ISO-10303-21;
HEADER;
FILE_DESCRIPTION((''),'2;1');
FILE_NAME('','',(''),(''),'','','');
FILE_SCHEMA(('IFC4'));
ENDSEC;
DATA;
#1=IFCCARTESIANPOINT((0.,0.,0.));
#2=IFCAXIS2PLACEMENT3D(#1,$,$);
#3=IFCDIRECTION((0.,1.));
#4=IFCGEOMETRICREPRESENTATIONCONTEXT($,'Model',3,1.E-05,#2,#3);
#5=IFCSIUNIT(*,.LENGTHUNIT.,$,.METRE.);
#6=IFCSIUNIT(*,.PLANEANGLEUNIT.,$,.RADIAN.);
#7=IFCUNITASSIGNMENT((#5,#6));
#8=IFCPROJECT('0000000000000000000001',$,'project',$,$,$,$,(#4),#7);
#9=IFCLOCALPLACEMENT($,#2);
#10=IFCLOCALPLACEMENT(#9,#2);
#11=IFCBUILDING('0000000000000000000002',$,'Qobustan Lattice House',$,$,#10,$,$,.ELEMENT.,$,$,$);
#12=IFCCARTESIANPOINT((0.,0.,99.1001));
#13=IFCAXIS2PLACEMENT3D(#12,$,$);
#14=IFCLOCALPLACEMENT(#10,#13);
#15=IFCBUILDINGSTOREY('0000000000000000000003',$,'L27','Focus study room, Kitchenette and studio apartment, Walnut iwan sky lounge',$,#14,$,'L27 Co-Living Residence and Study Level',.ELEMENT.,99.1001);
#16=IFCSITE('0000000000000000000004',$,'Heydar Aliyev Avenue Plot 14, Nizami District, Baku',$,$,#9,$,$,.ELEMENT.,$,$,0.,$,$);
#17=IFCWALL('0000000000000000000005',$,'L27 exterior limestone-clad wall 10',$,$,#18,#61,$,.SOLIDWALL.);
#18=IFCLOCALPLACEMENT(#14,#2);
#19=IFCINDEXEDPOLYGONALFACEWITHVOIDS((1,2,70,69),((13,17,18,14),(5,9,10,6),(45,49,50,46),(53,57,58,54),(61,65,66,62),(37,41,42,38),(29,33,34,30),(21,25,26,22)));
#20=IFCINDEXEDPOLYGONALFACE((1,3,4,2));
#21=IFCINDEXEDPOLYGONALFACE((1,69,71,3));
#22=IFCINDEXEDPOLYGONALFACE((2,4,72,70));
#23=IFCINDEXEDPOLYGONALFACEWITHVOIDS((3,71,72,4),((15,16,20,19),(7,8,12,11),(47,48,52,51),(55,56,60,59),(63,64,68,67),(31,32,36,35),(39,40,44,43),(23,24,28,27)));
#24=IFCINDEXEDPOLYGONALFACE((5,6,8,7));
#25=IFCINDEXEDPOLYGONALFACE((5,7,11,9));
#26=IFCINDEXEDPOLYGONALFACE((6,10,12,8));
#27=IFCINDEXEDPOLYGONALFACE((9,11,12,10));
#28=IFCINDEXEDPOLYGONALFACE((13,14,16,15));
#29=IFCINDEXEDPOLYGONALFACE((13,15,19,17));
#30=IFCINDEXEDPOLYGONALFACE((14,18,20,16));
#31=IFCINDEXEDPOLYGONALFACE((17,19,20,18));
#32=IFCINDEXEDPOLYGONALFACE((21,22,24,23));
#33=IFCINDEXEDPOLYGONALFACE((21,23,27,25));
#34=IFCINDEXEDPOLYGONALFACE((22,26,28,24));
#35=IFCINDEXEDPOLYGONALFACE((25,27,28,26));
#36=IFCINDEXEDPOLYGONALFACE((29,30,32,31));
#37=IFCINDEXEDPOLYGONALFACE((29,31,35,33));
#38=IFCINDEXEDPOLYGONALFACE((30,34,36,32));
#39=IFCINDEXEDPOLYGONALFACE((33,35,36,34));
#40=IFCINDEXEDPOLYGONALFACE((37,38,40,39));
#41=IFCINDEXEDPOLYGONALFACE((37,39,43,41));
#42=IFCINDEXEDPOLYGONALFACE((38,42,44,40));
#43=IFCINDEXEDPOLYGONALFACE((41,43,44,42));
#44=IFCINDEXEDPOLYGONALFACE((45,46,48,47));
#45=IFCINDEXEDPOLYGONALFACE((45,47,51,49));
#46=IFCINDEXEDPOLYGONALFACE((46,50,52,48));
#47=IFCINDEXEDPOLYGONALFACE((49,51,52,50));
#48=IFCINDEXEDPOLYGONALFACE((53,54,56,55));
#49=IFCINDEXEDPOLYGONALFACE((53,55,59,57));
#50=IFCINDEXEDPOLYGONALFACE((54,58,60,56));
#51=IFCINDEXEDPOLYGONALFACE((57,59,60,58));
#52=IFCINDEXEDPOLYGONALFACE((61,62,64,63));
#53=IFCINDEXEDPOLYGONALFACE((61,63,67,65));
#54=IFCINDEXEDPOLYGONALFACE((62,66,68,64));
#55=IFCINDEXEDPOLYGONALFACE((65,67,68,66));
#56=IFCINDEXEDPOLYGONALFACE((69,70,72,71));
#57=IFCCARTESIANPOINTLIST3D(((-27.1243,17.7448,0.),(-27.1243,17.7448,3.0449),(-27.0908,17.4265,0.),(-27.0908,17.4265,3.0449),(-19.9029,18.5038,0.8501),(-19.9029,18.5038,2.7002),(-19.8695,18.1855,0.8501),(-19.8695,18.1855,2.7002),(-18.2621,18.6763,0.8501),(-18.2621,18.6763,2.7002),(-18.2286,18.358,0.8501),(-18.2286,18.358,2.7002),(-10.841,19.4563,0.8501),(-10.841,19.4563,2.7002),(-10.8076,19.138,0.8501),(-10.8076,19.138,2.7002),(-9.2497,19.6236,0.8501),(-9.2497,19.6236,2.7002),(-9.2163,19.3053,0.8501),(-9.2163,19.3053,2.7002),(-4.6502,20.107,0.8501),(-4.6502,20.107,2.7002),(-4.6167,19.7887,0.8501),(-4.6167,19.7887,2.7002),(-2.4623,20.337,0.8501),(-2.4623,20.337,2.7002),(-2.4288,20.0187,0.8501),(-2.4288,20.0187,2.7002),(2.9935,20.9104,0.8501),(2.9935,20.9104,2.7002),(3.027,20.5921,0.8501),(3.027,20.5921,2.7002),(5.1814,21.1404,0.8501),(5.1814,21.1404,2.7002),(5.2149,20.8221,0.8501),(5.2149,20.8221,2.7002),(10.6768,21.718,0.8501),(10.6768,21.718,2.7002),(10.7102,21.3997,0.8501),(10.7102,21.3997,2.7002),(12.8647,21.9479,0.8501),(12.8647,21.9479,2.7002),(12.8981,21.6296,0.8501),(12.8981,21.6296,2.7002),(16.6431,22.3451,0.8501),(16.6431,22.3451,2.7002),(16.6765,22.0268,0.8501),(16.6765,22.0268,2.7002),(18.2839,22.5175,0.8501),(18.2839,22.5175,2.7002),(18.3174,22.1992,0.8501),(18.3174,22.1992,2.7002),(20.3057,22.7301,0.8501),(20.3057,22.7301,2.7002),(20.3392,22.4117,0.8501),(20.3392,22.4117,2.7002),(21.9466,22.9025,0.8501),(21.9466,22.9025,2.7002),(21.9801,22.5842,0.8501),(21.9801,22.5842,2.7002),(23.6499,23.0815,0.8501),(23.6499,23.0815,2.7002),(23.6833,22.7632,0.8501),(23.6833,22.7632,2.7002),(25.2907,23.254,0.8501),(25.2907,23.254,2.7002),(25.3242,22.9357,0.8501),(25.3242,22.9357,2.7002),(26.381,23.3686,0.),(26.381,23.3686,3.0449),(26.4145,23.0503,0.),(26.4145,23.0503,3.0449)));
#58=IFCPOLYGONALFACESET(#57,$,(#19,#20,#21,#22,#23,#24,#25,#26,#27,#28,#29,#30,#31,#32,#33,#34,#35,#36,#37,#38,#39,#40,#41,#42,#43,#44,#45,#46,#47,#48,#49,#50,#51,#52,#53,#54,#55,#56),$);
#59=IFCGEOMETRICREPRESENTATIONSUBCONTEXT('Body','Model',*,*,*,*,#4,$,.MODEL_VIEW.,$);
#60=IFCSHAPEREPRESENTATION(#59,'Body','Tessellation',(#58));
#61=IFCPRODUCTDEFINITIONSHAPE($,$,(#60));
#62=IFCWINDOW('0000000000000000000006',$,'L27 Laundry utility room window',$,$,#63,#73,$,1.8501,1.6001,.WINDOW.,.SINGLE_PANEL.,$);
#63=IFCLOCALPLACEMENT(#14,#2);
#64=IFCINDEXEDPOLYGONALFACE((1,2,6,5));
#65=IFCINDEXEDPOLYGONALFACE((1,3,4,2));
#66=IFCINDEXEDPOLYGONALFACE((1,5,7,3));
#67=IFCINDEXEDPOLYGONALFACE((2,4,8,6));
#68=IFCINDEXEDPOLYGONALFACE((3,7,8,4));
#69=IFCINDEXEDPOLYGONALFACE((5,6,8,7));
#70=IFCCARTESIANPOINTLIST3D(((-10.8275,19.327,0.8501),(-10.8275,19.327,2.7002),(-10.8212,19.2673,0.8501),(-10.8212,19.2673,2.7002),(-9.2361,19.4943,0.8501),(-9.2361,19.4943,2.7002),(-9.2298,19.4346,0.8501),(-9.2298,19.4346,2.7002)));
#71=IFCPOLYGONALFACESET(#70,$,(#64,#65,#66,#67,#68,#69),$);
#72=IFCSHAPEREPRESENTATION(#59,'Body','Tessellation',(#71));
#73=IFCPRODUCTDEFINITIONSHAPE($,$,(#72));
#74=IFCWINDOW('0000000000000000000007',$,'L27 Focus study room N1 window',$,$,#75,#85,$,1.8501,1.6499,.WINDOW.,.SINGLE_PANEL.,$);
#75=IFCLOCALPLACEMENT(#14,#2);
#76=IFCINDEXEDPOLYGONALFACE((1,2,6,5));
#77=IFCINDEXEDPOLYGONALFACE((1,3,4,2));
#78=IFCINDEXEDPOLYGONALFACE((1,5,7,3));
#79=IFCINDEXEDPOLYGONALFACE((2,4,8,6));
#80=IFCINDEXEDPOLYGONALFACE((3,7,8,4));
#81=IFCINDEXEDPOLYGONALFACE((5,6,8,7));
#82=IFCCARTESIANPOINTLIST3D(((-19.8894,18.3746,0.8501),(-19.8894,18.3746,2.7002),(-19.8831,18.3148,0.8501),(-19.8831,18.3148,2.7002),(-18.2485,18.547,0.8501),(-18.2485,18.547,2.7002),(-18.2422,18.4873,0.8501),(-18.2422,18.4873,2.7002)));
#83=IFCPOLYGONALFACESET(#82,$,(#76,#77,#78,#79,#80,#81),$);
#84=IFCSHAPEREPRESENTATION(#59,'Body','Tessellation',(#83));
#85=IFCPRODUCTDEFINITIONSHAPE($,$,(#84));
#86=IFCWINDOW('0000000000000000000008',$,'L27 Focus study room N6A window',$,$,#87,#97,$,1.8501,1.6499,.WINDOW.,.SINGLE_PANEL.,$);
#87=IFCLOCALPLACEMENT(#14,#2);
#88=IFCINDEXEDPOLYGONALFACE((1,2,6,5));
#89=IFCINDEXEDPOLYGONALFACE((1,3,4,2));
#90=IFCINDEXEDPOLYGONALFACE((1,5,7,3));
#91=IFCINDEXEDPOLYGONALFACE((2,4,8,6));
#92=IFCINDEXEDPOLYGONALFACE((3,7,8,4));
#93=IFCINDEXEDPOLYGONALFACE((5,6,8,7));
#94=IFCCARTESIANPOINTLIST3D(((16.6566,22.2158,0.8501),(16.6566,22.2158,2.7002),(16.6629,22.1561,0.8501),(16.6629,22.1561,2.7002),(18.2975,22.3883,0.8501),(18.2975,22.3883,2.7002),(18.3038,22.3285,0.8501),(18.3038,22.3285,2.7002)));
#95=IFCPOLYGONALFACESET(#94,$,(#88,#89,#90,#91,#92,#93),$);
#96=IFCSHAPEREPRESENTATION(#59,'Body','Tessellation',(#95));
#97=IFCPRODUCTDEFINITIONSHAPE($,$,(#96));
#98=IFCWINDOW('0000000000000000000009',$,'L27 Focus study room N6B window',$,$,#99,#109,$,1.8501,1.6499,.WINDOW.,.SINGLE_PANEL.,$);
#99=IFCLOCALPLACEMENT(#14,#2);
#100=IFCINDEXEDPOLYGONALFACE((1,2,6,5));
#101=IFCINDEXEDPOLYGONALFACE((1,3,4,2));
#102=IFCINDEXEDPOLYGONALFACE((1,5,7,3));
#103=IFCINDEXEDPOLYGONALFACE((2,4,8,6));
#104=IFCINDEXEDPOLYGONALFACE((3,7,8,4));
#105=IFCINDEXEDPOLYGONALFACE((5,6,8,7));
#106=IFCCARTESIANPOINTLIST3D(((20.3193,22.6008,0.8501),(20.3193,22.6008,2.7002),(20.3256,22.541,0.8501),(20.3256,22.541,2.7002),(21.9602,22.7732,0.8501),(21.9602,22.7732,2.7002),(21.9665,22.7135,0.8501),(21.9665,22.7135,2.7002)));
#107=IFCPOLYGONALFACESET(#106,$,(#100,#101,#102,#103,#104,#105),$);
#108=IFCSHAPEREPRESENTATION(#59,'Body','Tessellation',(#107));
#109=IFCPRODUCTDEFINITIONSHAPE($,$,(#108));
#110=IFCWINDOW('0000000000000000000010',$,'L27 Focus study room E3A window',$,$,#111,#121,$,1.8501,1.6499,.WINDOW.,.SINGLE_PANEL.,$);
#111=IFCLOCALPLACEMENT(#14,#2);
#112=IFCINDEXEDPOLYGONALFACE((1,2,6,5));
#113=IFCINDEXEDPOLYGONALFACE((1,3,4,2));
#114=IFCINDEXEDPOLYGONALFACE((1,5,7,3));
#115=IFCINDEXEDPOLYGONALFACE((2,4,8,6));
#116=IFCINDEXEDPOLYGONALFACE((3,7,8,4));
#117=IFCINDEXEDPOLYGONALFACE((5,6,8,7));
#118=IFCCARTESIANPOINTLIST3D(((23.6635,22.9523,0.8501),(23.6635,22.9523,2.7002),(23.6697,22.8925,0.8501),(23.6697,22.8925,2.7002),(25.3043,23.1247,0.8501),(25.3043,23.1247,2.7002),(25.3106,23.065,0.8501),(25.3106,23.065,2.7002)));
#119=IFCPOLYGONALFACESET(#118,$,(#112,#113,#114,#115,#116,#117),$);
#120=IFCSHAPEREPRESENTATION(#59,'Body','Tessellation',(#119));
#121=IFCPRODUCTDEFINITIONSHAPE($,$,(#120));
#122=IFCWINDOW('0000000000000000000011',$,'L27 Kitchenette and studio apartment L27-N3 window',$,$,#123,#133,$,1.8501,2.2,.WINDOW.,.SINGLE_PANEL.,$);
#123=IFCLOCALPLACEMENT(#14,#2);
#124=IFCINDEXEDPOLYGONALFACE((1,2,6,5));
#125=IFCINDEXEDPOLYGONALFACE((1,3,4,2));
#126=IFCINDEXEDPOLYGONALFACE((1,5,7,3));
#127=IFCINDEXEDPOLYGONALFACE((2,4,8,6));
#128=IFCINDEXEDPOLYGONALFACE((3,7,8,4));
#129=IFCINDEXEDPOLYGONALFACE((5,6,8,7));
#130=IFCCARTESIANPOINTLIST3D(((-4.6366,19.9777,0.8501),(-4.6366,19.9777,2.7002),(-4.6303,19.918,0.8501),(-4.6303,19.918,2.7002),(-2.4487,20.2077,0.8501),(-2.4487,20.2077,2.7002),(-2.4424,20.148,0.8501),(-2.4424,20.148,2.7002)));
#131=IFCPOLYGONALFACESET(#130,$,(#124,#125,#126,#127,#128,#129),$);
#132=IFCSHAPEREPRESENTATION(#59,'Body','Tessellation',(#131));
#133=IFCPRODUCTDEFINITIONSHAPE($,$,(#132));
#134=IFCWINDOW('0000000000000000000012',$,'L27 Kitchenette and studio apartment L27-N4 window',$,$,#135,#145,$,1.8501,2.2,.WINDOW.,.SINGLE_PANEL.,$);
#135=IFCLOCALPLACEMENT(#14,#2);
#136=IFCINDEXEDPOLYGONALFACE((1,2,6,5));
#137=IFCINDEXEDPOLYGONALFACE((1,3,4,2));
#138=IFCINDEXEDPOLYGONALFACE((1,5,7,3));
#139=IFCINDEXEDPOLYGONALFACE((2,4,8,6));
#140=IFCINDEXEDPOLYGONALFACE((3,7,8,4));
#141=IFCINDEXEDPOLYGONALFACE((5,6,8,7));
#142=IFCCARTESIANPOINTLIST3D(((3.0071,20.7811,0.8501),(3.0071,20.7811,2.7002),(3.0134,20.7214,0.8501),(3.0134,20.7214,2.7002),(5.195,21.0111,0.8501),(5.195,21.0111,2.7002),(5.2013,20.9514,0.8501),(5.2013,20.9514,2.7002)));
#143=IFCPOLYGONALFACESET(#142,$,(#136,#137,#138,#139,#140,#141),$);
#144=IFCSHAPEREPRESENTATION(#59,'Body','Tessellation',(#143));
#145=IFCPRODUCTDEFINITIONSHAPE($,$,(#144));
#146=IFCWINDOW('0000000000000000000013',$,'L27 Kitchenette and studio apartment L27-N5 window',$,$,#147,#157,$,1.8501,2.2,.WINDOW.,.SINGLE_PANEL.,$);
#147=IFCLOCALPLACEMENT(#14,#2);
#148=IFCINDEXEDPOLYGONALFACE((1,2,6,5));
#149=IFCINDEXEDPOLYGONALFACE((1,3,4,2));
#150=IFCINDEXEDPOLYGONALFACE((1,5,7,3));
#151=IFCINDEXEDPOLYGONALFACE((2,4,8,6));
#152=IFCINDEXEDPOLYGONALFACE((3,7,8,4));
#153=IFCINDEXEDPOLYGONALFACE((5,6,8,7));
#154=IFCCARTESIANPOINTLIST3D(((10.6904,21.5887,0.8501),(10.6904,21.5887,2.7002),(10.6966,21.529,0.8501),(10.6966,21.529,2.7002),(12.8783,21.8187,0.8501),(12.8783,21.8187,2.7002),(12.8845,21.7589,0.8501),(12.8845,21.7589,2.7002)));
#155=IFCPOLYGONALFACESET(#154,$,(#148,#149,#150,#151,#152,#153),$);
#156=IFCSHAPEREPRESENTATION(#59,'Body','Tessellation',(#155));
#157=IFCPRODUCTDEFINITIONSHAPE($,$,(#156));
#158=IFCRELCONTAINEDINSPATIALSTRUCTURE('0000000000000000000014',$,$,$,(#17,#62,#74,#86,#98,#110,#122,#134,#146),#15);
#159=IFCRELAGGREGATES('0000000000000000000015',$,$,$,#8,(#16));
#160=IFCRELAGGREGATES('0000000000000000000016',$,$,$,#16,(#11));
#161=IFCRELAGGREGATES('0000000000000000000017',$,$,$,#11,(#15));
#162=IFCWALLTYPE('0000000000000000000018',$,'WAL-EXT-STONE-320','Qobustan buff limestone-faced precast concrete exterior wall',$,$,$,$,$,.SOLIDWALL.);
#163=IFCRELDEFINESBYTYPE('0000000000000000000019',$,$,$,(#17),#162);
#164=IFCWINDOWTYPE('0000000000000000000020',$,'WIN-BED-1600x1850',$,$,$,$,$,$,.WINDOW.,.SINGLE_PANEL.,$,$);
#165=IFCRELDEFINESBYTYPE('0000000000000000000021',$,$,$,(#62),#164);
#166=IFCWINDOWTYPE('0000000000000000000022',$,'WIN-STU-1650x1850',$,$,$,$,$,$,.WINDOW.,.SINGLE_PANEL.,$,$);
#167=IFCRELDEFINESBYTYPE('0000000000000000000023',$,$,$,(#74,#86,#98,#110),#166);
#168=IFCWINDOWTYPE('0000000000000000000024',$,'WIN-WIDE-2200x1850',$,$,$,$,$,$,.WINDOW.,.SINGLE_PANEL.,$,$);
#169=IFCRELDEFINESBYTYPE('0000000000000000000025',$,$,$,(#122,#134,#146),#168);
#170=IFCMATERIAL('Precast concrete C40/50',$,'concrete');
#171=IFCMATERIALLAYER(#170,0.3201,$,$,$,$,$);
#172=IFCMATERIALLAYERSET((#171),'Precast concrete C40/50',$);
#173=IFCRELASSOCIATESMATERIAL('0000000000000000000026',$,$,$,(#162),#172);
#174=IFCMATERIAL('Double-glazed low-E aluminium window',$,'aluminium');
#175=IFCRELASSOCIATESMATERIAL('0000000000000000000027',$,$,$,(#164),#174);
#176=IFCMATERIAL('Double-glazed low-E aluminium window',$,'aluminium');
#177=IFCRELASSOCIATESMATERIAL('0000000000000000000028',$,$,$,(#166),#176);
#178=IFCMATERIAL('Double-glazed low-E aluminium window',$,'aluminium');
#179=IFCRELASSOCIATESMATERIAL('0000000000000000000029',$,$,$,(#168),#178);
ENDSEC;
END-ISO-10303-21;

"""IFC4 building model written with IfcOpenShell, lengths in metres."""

from ifc_helpers import new_model, si_unit, direction, frame, frame_2d, origin, place, context, subcontext, project, spatial, rectangle, extrude, material, layer, layer_set, type_object, element, fill, save


model = new_model("IFC4")

# Units and contexts
model_context = context("Model", 3, precision=1e-05, world=origin(), true_north=direction((0.0, 1.0)))
body_context = subcontext(model_context, "Body", "Model", "MODEL_VIEW")
ifc_project = project(units=[si_unit("LENGTHUNIT", "METRE"), si_unit("PLANEANGLEUNIT", "RADIAN")], contexts=[model_context])

# Site, building, storey
site_placement = place(None, origin())
site = spatial("IfcSite", under=ifc_project, at=site_placement, Name="Heydar Aliyev Avenue Plot 14, Nizami District, Baku", CompositionType="ELEMENT", RefElevation=0.0)
building_placement = place(site_placement, origin())
building = spatial("IfcBuilding", under=site, at=building_placement, Name="Qobustan Lattice House", CompositionType="ELEMENT")
storey_placement = place(building_placement, frame((0.0, 0.0, 99.1001)))
storey = spatial("IfcBuildingStorey", under=building, at=storey_placement, Name="L27", Description="Focus study room, Kitchenette and studio apartment, Walnut iwan sky lounge", LongName="L27 Co-Living Residence and Study Level", CompositionType="ELEMENT", Elevation=99.1001)

# Shared definitions
ifc_material_1 = material(Name="Precast concrete C40/50", Category="concrete")
ifc_layer_1 = layer(ifc_material_1, 0.3201)
ifc_layer_set_1 = layer_set([ifc_layer_1], Name="Precast concrete C40/50")
wall_type = type_object("IfcWallType", Name="WAL-EXT-STONE-320", Description="Qobustan buff limestone-faced precast concrete exterior wall", PredefinedType="SOLIDWALL", material=ifc_layer_set_1)

# Wall, openings, windows
wall_placement = place(storey_placement, frame((-27.1074, 17.5857, 0.0), z_axis=(0.0, 0.0, 1.0), x_axis=(0.994522, 0.104531, 0.0)))
wall = element("IfcWall", 1, at=wall_placement, inside=storey, type_object=wall_type, Name="L27 exterior limestone-clad wall 10", PredefinedType="SOLIDWALL", context=body_context, shape_type="SweptSolid", body=[
    extrude(rectangle(XDim=53.8, YDim=0.3201, at=frame_2d((26.8999, 0.0))), origin(), (0.0, 0.0, 1.0), 3.0449),
])
opening_1_placement = place(wall_placement, frame((7.261, 0.0, 0.8501)))
opening_1 = element("IfcOpeningElement", 2, at=opening_1_placement, cuts=wall, PredefinedType="OPENING", context=body_context, shape_type="SweptSolid", body=[
    extrude(rectangle(XDim=1.6499, YDim=1.8501, at=frame_2d((0.825, 0.925))), frame((0.0, 0.1699, 0.0), z_axis=(0.0, -1.0, 0.0), x_axis=(1.0, 0.0, 0.0)), (0.0, 0.0, 1.0), 0.3401),
])
opening_2_placement = place(wall_placement, frame((16.3728, 0.0, 0.8501)))
opening_2 = element("IfcOpeningElement", 3, at=opening_2_placement, cuts=wall, PredefinedType="OPENING", context=body_context, shape_type="SweptSolid", body=[
    extrude(rectangle(XDim=1.6001, YDim=1.8501, at=frame_2d((0.8, 0.925))), frame((0.0, 0.1699, 0.0), z_axis=(0.0, -1.0, 0.0), x_axis=(1.0, 0.0, 0.0)), (0.0, 0.0, 1.0), 0.3401),
])
opening_3_placement = place(wall_placement, frame((22.5977, 0.0, 0.8501)))
opening_3 = element("IfcOpeningElement", 4, at=opening_3_placement, cuts=wall, PredefinedType="OPENING", context=body_context, shape_type="SweptSolid", body=[
    extrude(rectangle(XDim=2.2, YDim=1.8501, at=frame_2d((1.1001, 0.925))), frame((0.0, 0.1699, 0.0), z_axis=(0.0, -1.0, 0.0), x_axis=(1.0, 0.0, 0.0)), (0.0, 0.0, 1.0), 0.3401),
])
opening_4_placement = place(wall_placement, frame((30.2834, 0.0, 0.8501)))
opening_4 = element("IfcOpeningElement", 5, at=opening_4_placement, cuts=wall, PredefinedType="OPENING", context=body_context, shape_type="SweptSolid", body=[
    extrude(rectangle(XDim=2.2, YDim=1.8501, at=frame_2d((1.1001, 0.925))), frame((0.0, 0.1699, 0.0), z_axis=(0.0, -1.0, 0.0), x_axis=(1.0, 0.0, 0.0)), (0.0, 0.0, 1.0), 0.3401),
])
opening_5_placement = place(wall_placement, frame((38.009, 0.0, 0.8501)))
opening_5 = element("IfcOpeningElement", 6, at=opening_5_placement, cuts=wall, PredefinedType="OPENING", context=body_context, shape_type="SweptSolid", body=[
    extrude(rectangle(XDim=2.2, YDim=1.8501, at=frame_2d((1.1001, 0.925))), frame((0.0, 0.1699, 0.0), z_axis=(0.0, -1.0, 0.0), x_axis=(1.0, 0.0, 0.0)), (0.0, 0.0, 1.0), 0.3401),
])
opening_6_placement = place(wall_placement, frame((44.0083, 0.0, 0.8501)))
opening_6 = element("IfcOpeningElement", 7, at=opening_6_placement, cuts=wall, PredefinedType="OPENING", context=body_context, shape_type="SweptSolid", body=[
    extrude(rectangle(XDim=1.6499, YDim=1.8501, at=frame_2d((0.825, 0.925))), frame((0.0, 0.1699, 0.0), z_axis=(0.0, -1.0, 0.0), x_axis=(1.0, 0.0, 0.0)), (0.0, 0.0, 1.0), 0.3401),
])
opening_7_placement = place(wall_placement, frame((47.6912, 0.0, 0.8501)))
opening_7 = element("IfcOpeningElement", 8, at=opening_7_placement, cuts=wall, PredefinedType="OPENING", context=body_context, shape_type="SweptSolid", body=[
    extrude(rectangle(XDim=1.6499, YDim=1.8501, at=frame_2d((0.825, 0.925))), frame((0.0, 0.1699, 0.0), z_axis=(0.0, -1.0, 0.0), x_axis=(1.0, 0.0, 0.0)), (0.0, 0.0, 1.0), 0.3401),
])
opening_8_placement = place(wall_placement, frame((51.0537, 0.0, 0.8501)))
opening_8 = element("IfcOpeningElement", 9, at=opening_8_placement, cuts=wall, PredefinedType="OPENING", context=body_context, shape_type="SweptSolid", body=[
    extrude(rectangle(XDim=1.6499, YDim=1.8501, at=frame_2d((0.825, 0.925))), frame((0.0, 0.1699, 0.0), z_axis=(0.0, -1.0, 0.0), x_axis=(1.0, 0.0, 0.0)), (0.0, 0.0, 1.0), 0.3401),
])
ifc_material_2 = material(Name="Double-glazed low-E aluminium window", Category="aluminium")
window_type_1 = type_object("IfcWindowType", Name="WIN-BED-1600x1850", PartitioningType="SINGLE_PANEL", PredefinedType="WINDOW", material=ifc_material_2)
window_1_placement = place(opening_2_placement, origin())
window_1 = element("IfcWindow", 10, at=window_1_placement, inside=storey, type_object=window_type_1, Name="L27 Laundry utility room window", OverallHeight=1.8501, OverallWidth=1.6001, PartitioningType="SINGLE_PANEL", PredefinedType="WINDOW", context=body_context, shape_type="SweptSolid", body=[
    extrude(rectangle(XDim=1.6001, YDim=1.8501, at=frame_2d((0.8, 0.925))), frame((0.0, 0.03, 0.0), z_axis=(0.0, -1.0, 0.0), x_axis=(1.0, 0.0, 0.0)), (0.0, 0.0, 1.0), 0.0601),
])
fill(opening_2, window_1)
ifc_material_3 = material(Name="Double-glazed low-E aluminium window", Category="aluminium")
window_type_2 = type_object("IfcWindowType", Name="WIN-STU-1650x1850", PartitioningType="SINGLE_PANEL", PredefinedType="WINDOW", material=ifc_material_3)
window_2_placement = place(opening_1_placement, origin())
window_2 = element("IfcWindow", 11, at=window_2_placement, inside=storey, type_object=window_type_2, Name="L27 Focus study room N1 window", OverallHeight=1.8501, OverallWidth=1.6499, PartitioningType="SINGLE_PANEL", PredefinedType="WINDOW", context=body_context, shape_type="SweptSolid", body=[
    extrude(rectangle(XDim=1.6499, YDim=1.8501, at=frame_2d((0.825, 0.925))), frame((0.0, 0.03, 0.0), z_axis=(0.0, -1.0, 0.0), x_axis=(1.0, 0.0, 0.0)), (0.0, 0.0, 1.0), 0.0601),
])
fill(opening_1, window_2)
window_3_placement = place(opening_6_placement, origin())
window_3 = element("IfcWindow", 12, at=window_3_placement, inside=storey, type_object=window_type_2, Name="L27 Focus study room N6A window", OverallHeight=1.8501, OverallWidth=1.6499, PartitioningType="SINGLE_PANEL", PredefinedType="WINDOW", context=body_context, shape_type="SweptSolid", body=[
    extrude(rectangle(XDim=1.6499, YDim=1.8501, at=frame_2d((0.825, 0.925))), frame((0.0, 0.03, 0.0), z_axis=(0.0, -1.0, 0.0), x_axis=(1.0, 0.0, 0.0)), (0.0, 0.0, 1.0), 0.0601),
])
fill(opening_6, window_3)
window_4_placement = place(opening_7_placement, origin())
window_4 = element("IfcWindow", 13, at=window_4_placement, inside=storey, type_object=window_type_2, Name="L27 Focus study room N6B window", OverallHeight=1.8501, OverallWidth=1.6499, PartitioningType="SINGLE_PANEL", PredefinedType="WINDOW", context=body_context, shape_type="SweptSolid", body=[
    extrude(rectangle(XDim=1.6499, YDim=1.8501, at=frame_2d((0.825, 0.925))), frame((0.0, 0.03, 0.0), z_axis=(0.0, -1.0, 0.0), x_axis=(1.0, 0.0, 0.0)), (0.0, 0.0, 1.0), 0.0601),
])
fill(opening_7, window_4)
window_5_placement = place(opening_8_placement, origin())
window_5 = element("IfcWindow", 14, at=window_5_placement, inside=storey, type_object=window_type_2, Name="L27 Focus study room E3A window", OverallHeight=1.8501, OverallWidth=1.6499, PartitioningType="SINGLE_PANEL", PredefinedType="WINDOW", context=body_context, shape_type="SweptSolid", body=[
    extrude(rectangle(XDim=1.6499, YDim=1.8501, at=frame_2d((0.825, 0.925))), frame((0.0, 0.03, 0.0), z_axis=(0.0, -1.0, 0.0), x_axis=(1.0, 0.0, 0.0)), (0.0, 0.0, 1.0), 0.0601),
])
fill(opening_8, window_5)
ifc_material_4 = material(Name="Double-glazed low-E aluminium window", Category="aluminium")
window_type_3 = type_object("IfcWindowType", Name="WIN-WIDE-2200x1850", PartitioningType="SINGLE_PANEL", PredefinedType="WINDOW", material=ifc_material_4)
window_6_placement = place(opening_3_placement, origin())
window_6 = element("IfcWindow", 15, at=window_6_placement, inside=storey, type_object=window_type_3, Name="L27 Kitchenette and studio apartment L27-N3 window", OverallHeight=1.8501, OverallWidth=2.2, PartitioningType="SINGLE_PANEL", PredefinedType="WINDOW", context=body_context, shape_type="SweptSolid", body=[
    extrude(rectangle(XDim=2.2, YDim=1.8501, at=frame_2d((1.1001, 0.925))), frame((0.0, 0.03, 0.0), z_axis=(0.0, -1.0, 0.0), x_axis=(1.0, 0.0, 0.0)), (0.0, 0.0, 1.0), 0.0601),
])
fill(opening_3, window_6)
window_7_placement = place(opening_4_placement, origin())
window_7 = element("IfcWindow", 16, at=window_7_placement, inside=storey, type_object=window_type_3, Name="L27 Kitchenette and studio apartment L27-N4 window", OverallHeight=1.8501, OverallWidth=2.2, PartitioningType="SINGLE_PANEL", PredefinedType="WINDOW", context=body_context, shape_type="SweptSolid", body=[
    extrude(rectangle(XDim=2.2, YDim=1.8501, at=frame_2d((1.1001, 0.925))), frame((0.0, 0.03, 0.0), z_axis=(0.0, -1.0, 0.0), x_axis=(1.0, 0.0, 0.0)), (0.0, 0.0, 1.0), 0.0601),
])
fill(opening_4, window_7)
window_8_placement = place(opening_5_placement, origin())
window_8 = element("IfcWindow", 17, at=window_8_placement, inside=storey, type_object=window_type_3, Name="L27 Kitchenette and studio apartment L27-N5 window", OverallHeight=1.8501, OverallWidth=2.2, PartitioningType="SINGLE_PANEL", PredefinedType="WINDOW", context=body_context, shape_type="SweptSolid", body=[
    extrude(rectangle(XDim=2.2, YDim=1.8501, at=frame_2d((1.1001, 0.925))), frame((0.0, 0.03, 0.0), z_axis=(0.0, -1.0, 0.0), x_axis=(1.0, 0.0, 0.0)), (0.0, 0.0, 1.0), 0.0601),
])
fill(opening_5, window_8)

save(model, "model.ifc")
